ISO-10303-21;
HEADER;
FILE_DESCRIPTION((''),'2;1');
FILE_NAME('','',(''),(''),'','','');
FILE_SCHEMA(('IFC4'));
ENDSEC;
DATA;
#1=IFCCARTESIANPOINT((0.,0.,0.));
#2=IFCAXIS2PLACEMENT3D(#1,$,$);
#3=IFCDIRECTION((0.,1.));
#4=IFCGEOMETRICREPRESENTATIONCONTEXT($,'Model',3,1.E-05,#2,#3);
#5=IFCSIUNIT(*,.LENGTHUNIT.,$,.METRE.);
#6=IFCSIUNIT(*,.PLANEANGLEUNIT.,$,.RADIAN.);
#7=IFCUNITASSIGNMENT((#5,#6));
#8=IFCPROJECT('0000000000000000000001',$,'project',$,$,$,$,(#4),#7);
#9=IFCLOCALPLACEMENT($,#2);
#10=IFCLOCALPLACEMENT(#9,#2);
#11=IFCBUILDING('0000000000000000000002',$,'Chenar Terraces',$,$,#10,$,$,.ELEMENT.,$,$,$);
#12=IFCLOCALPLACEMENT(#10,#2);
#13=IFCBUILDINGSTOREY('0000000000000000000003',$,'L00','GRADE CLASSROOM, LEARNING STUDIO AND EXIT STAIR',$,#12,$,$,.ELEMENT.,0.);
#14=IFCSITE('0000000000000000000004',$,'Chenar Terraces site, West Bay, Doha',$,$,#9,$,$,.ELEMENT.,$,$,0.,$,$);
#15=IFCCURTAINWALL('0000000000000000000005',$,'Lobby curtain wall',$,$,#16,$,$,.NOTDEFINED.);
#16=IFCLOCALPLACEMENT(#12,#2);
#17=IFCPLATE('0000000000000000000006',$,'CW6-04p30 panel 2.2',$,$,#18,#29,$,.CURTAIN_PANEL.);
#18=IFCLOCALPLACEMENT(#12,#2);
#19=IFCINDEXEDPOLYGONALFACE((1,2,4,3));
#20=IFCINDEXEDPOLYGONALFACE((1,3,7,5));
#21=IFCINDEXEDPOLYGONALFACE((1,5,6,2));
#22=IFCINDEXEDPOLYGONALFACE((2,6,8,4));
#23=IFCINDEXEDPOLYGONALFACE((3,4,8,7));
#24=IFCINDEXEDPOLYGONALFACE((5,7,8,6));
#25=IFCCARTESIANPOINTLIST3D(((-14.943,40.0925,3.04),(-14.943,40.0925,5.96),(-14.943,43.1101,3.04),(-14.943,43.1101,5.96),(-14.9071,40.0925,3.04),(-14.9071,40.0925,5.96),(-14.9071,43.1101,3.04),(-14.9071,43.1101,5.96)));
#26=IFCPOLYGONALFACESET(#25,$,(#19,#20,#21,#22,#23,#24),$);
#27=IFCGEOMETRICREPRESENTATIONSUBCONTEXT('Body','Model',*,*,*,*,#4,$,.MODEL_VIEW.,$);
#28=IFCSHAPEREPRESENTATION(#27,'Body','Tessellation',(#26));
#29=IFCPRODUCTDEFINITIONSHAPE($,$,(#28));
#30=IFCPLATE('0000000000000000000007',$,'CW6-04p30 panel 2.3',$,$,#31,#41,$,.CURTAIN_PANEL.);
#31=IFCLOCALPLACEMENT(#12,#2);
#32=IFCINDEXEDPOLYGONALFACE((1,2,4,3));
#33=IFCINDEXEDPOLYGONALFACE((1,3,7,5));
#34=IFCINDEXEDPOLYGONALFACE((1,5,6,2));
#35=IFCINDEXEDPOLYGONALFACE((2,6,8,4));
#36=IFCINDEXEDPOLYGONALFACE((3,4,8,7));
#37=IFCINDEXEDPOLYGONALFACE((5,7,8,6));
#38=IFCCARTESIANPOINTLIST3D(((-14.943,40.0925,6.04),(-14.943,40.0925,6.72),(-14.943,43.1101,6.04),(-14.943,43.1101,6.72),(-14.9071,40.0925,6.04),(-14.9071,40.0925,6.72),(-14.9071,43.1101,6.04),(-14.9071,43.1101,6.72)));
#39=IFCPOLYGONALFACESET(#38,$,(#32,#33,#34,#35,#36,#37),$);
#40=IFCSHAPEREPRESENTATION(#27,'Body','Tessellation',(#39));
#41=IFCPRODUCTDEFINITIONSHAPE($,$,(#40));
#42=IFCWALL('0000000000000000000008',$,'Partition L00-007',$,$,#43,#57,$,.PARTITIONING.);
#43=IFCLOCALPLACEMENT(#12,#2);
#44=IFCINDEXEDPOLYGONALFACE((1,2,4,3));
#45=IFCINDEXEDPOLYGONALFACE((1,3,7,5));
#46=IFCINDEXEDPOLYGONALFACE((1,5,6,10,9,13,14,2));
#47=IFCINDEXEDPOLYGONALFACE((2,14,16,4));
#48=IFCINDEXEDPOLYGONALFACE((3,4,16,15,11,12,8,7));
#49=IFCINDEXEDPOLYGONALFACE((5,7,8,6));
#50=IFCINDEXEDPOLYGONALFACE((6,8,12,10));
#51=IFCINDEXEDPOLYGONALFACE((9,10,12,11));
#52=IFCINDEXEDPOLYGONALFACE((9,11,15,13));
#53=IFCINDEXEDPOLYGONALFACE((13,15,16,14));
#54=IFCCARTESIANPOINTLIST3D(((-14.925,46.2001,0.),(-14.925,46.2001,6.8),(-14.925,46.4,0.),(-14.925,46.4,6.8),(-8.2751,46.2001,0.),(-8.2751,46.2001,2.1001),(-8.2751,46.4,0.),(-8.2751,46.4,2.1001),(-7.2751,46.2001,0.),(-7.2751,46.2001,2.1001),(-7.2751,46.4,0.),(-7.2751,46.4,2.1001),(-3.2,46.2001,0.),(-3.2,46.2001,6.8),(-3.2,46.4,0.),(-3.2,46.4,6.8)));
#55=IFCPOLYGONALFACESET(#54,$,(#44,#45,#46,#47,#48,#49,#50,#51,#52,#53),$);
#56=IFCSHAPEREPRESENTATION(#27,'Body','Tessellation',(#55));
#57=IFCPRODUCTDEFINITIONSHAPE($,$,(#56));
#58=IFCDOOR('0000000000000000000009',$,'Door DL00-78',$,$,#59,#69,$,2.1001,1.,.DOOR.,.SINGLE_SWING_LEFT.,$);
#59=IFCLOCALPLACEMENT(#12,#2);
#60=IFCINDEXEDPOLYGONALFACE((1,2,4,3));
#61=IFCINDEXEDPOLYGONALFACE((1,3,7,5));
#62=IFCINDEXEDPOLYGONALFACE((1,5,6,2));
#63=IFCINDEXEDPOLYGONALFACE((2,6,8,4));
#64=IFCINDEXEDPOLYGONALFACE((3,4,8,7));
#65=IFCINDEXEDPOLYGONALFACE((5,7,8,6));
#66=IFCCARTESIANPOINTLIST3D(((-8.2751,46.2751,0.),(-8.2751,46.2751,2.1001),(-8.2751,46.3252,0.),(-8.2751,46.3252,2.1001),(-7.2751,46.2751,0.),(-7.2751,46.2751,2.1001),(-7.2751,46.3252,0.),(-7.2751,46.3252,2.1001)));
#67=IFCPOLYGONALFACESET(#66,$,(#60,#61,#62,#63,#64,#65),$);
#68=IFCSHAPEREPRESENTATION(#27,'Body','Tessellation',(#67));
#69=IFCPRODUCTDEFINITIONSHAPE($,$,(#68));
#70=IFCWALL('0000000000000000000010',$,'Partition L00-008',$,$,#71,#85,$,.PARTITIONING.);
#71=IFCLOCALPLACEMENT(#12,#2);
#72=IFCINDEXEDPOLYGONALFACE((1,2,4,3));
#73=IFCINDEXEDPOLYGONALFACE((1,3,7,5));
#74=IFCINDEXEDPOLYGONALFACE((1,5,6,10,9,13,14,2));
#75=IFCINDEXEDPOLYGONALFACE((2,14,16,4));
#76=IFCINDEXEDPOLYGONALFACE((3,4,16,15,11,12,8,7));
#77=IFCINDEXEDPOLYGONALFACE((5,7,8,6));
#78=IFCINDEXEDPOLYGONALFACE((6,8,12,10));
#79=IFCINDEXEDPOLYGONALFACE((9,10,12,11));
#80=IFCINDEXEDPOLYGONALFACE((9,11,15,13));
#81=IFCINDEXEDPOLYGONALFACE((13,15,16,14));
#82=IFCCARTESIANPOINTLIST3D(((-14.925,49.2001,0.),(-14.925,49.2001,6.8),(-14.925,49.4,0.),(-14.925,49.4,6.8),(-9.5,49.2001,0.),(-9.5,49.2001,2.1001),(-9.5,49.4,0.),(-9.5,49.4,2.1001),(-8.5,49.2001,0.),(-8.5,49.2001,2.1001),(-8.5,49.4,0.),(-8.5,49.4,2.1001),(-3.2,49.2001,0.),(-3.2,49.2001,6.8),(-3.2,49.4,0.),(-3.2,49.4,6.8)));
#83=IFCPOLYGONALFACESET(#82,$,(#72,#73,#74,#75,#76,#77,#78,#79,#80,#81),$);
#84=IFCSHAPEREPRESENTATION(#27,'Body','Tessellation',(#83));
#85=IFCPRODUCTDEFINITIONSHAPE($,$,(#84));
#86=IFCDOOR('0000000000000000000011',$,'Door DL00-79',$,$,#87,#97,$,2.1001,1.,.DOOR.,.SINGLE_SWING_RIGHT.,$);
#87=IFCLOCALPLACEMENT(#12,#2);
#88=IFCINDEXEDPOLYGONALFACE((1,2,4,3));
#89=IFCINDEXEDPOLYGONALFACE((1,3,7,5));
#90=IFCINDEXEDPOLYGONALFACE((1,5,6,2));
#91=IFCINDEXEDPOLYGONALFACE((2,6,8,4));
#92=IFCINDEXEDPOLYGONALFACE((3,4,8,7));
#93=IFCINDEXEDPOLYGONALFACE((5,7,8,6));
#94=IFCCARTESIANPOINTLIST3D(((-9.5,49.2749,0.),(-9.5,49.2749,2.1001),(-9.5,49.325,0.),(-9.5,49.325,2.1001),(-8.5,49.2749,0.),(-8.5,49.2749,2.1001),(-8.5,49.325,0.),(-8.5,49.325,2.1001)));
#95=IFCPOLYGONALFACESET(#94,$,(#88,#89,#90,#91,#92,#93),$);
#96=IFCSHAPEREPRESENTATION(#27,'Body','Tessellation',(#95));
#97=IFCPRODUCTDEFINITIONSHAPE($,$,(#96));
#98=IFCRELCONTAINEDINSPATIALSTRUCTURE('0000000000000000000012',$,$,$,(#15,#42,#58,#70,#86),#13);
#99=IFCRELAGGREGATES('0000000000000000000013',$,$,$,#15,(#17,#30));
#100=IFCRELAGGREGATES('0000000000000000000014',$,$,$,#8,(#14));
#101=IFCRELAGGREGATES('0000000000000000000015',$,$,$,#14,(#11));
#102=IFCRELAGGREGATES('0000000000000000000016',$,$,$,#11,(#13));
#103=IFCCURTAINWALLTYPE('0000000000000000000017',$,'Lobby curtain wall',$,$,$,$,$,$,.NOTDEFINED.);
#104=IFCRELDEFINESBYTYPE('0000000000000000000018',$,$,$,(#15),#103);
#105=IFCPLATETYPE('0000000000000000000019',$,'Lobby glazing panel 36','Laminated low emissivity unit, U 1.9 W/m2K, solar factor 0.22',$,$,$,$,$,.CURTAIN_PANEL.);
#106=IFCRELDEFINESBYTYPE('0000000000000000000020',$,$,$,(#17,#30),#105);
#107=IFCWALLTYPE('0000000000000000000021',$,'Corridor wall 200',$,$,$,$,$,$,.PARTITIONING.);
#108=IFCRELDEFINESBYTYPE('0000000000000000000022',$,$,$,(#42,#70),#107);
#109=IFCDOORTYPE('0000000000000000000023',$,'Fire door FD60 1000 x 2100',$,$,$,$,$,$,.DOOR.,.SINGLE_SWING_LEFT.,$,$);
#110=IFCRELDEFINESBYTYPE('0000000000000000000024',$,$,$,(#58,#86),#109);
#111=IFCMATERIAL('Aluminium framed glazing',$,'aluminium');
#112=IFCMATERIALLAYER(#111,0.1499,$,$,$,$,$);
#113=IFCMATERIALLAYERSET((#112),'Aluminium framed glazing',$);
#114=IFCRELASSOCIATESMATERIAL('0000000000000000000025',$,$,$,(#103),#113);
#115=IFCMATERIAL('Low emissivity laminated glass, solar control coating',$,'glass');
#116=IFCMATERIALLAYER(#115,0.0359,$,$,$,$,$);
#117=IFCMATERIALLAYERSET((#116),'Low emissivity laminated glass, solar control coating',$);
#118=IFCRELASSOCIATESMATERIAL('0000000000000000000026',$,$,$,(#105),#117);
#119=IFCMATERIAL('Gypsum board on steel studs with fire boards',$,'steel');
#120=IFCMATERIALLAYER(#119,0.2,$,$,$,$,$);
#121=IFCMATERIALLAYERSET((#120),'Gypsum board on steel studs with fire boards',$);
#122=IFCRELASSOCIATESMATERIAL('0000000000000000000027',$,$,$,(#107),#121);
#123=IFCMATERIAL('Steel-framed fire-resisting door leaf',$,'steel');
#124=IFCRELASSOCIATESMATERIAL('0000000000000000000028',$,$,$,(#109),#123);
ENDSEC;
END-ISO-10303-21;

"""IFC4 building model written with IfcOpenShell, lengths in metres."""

from ifc_helpers import new_model, si_unit, direction, frame, frame_2d, origin, origin_2d, place, context, subcontext, project, spatial, rectangle, extrude, material, layer, layer_set, type_object, element, fill, aggregate, save


model = new_model("IFC4")

# Units and contexts
model_context = context("Model", 3, precision=1e-05, world=origin(), true_north=direction((0.0, 1.0)))
body_context = subcontext(model_context, "Body", "Model", "MODEL_VIEW")
ifc_project = project(units=[si_unit("LENGTHUNIT", "METRE"), si_unit("PLANEANGLEUNIT", "RADIAN")], contexts=[model_context])

# Site, building, storey
site_placement = place(None, origin())
site = spatial("IfcSite", under=ifc_project, at=site_placement, Name="Chenar Terraces site, West Bay, Doha", CompositionType="ELEMENT", RefElevation=0.0)
building_placement = place(site_placement, origin())
building = spatial("IfcBuilding", under=site, at=building_placement, Name="Chenar Terraces", CompositionType="ELEMENT")
storey_placement = place(building_placement, origin())
storey = spatial("IfcBuildingStorey", under=building, at=storey_placement, Name="L00", Description="GRADE CLASSROOM, LEARNING STUDIO AND EXIT STAIR", CompositionType="ELEMENT", Elevation=0.0)

# Curtain wall, plates
ifc_material_1 = material(Name="Aluminium framed glazing", Category="aluminium")
ifc_layer_1 = layer(ifc_material_1, 0.1499)
ifc_layer_set_1 = layer_set([ifc_layer_1], Name="Aluminium framed glazing")
curtain_wall_type = type_object("IfcCurtainWallType", Name="Lobby curtain wall", PredefinedType="NOTDEFINED", material=ifc_layer_set_1)
curtain_wall_placement = place(storey_placement, origin())
curtain_wall = element("IfcCurtainWall", 1, at=curtain_wall_placement, inside=storey, type_object=curtain_wall_type, Name="Lobby curtain wall", PredefinedType="NOTDEFINED")
ifc_material_2 = material(Name="Low emissivity laminated glass, solar control coating", Category="glass")
ifc_layer_2 = layer(ifc_material_2, 0.0359)
ifc_layer_set_2 = layer_set([ifc_layer_2], Name="Low emissivity laminated glass, solar control coating")
plate_type = type_object("IfcPlateType", Name="Lobby glazing panel 36", Description="Laminated low emissivity unit, U 1.9 W/m2K, solar factor 0.22", PredefinedType="CURTAIN_PANEL", material=ifc_layer_set_2)
plate_1_placement = place(storey_placement, frame((-14.925, 41.6013, 3.04), z_axis=(0.0, 0.0, 1.0), x_axis=(0.0, -1.0, 0.0)))
plate_1 = element("IfcPlate", 2, at=plate_1_placement, type_object=plate_type, Name="CW6-04p30 panel 2.2", PredefinedType="CURTAIN_PANEL", context=body_context, shape_type="SweptSolid", body=[
    extrude(rectangle(XDim=3.0176, YDim=0.0359, at=origin_2d()), origin(), (0.0, 0.0, 1.0), 2.9199),
])
plate_2_placement = place(storey_placement, frame((-14.925, 41.6013, 6.04), z_axis=(0.0, 0.0, 1.0), x_axis=(0.0, -1.0, 0.0)))
plate_2 = element("IfcPlate", 3, at=plate_2_placement, type_object=plate_type, Name="CW6-04p30 panel 2.3", PredefinedType="CURTAIN_PANEL", context=body_context, shape_type="SweptSolid", body=[
    extrude(rectangle(XDim=3.0176, YDim=0.0359, at=origin_2d()), origin(), (0.0, 0.0, 1.0), 0.6799),
])
aggregate(curtain_wall, [plate_1, plate_2])

# Walls, openings, doors
ifc_material_3 = material(Name="Gypsum board on steel studs with fire boards", Category="steel")
ifc_layer_3 = layer(ifc_material_3, 0.2)
ifc_layer_set_3 = layer_set([ifc_layer_3], Name="Gypsum board on steel studs with fire boards")
wall_type_1 = type_object("IfcWallType", Name="Corridor wall 200", PredefinedType="PARTITIONING", material=ifc_layer_set_3)
wall_1_placement = place(storey_placement, frame((-14.925, 46.3, 0.0), z_axis=(0.0, 0.0, 1.0), x_axis=(1.0, 0.0, 0.0)))
wall_1 = element("IfcWall", 4, at=wall_1_placement, inside=storey, type_object=wall_type_1, Name="Partition L00-007", PredefinedType="PARTITIONING", context=body_context, shape_type="SweptSolid", body=[
    extrude(rectangle(XDim=11.7251, YDim=0.2, at=frame_2d((5.8625, 0.0))), origin(), (0.0, 0.0, 1.0), 6.8),
])
opening_1_placement = place(wall_1_placement, frame((6.6499, 0.0, 0.0)))
opening_1 = element("IfcOpeningElement", 5, at=opening_1_placement, cuts=wall_1, PredefinedType="OPENING", context=body_context, shape_type="SweptSolid", body=[
    extrude(rectangle(XDim=1.0, YDim=2.1001, at=frame_2d((0.5, 1.05))), frame((0.0, 0.1099, 0.0), z_axis=(0.0, -1.0, 0.0), x_axis=(1.0, 0.0, 0.0)), (0.0, 0.0, 1.0), 0.22),
])
ifc_material_4 = material(Name="Steel-framed fire-resisting door leaf", Category="steel")
door_type_1 = type_object("IfcDoorType", Name="Fire door FD60 1000 x 2100", OperationType="SINGLE_SWING_LEFT", PredefinedType="DOOR", material=ifc_material_4)
door_1_placement = place(opening_1_placement, frame((1.0, 0.0, 0.0), z_axis=(0.0, 0.0, 1.0), x_axis=(-1.0, 0.0, 0.0)))
door_1 = element("IfcDoor", 6, at=door_1_placement, inside=storey, type_object=door_type_1, Name="Door DL00-78", OperationType="SINGLE_SWING_LEFT", OverallHeight=2.1001, OverallWidth=1.0, PredefinedType="DOOR", context=body_context, shape_type="SweptSolid", body=[
    extrude(rectangle(XDim=1.0, YDim=2.1001, at=frame_2d((0.5, 1.05))), frame((0.0, 0.0249, 0.0), z_axis=(0.0, -1.0, 0.0), x_axis=(1.0, 0.0, 0.0)), (0.0, 0.0, 1.0), 0.05),
])
fill(opening_1, door_1)
wall_2_placement = place(storey_placement, frame((-14.925, 49.3, 0.0), z_axis=(0.0, 0.0, 1.0), x_axis=(1.0, 0.0, 0.0)))
wall_2 = element("IfcWall", 7, at=wall_2_placement, inside=storey, type_object=wall_type_1, Name="Partition L00-008", PredefinedType="PARTITIONING", context=body_context, shape_type="SweptSolid", body=[
    extrude(rectangle(XDim=11.7251, YDim=0.2, at=frame_2d((5.8625, 0.0))), origin(), (0.0, 0.0, 1.0), 6.8),
])
opening_2_placement = place(wall_2_placement, frame((5.425, 0.0, 0.0)))
opening_2 = element("IfcOpeningElement", 8, at=opening_2_placement, cuts=wall_2, PredefinedType="OPENING", context=body_context, shape_type="SweptSolid", body=[
    extrude(rectangle(XDim=1.0, YDim=2.1001, at=frame_2d((0.5, 1.05))), frame((0.0, 0.1099, 0.0), z_axis=(0.0, -1.0, 0.0), x_axis=(1.0, 0.0, 0.0)), (0.0, 0.0, 1.0), 0.22),
])
door_2_placement = place(opening_2_placement, origin())
door_2 = element("IfcDoor", 9, at=door_2_placement, inside=storey, type_object=door_type_1, Name="Door DL00-79", OperationType="SINGLE_SWING_RIGHT", OverallHeight=2.1001, OverallWidth=1.0, PredefinedType="DOOR", context=body_context, shape_type="SweptSolid", body=[
    extrude(rectangle(XDim=1.0, YDim=2.1001, at=frame_2d((0.5, 1.05))), frame((0.0, 0.0249, 0.0), z_axis=(0.0, -1.0, 0.0), x_axis=(1.0, 0.0, 0.0)), (0.0, 0.0, 1.0), 0.05),
])
fill(opening_2, door_2)

save(model, "model.ifc")
